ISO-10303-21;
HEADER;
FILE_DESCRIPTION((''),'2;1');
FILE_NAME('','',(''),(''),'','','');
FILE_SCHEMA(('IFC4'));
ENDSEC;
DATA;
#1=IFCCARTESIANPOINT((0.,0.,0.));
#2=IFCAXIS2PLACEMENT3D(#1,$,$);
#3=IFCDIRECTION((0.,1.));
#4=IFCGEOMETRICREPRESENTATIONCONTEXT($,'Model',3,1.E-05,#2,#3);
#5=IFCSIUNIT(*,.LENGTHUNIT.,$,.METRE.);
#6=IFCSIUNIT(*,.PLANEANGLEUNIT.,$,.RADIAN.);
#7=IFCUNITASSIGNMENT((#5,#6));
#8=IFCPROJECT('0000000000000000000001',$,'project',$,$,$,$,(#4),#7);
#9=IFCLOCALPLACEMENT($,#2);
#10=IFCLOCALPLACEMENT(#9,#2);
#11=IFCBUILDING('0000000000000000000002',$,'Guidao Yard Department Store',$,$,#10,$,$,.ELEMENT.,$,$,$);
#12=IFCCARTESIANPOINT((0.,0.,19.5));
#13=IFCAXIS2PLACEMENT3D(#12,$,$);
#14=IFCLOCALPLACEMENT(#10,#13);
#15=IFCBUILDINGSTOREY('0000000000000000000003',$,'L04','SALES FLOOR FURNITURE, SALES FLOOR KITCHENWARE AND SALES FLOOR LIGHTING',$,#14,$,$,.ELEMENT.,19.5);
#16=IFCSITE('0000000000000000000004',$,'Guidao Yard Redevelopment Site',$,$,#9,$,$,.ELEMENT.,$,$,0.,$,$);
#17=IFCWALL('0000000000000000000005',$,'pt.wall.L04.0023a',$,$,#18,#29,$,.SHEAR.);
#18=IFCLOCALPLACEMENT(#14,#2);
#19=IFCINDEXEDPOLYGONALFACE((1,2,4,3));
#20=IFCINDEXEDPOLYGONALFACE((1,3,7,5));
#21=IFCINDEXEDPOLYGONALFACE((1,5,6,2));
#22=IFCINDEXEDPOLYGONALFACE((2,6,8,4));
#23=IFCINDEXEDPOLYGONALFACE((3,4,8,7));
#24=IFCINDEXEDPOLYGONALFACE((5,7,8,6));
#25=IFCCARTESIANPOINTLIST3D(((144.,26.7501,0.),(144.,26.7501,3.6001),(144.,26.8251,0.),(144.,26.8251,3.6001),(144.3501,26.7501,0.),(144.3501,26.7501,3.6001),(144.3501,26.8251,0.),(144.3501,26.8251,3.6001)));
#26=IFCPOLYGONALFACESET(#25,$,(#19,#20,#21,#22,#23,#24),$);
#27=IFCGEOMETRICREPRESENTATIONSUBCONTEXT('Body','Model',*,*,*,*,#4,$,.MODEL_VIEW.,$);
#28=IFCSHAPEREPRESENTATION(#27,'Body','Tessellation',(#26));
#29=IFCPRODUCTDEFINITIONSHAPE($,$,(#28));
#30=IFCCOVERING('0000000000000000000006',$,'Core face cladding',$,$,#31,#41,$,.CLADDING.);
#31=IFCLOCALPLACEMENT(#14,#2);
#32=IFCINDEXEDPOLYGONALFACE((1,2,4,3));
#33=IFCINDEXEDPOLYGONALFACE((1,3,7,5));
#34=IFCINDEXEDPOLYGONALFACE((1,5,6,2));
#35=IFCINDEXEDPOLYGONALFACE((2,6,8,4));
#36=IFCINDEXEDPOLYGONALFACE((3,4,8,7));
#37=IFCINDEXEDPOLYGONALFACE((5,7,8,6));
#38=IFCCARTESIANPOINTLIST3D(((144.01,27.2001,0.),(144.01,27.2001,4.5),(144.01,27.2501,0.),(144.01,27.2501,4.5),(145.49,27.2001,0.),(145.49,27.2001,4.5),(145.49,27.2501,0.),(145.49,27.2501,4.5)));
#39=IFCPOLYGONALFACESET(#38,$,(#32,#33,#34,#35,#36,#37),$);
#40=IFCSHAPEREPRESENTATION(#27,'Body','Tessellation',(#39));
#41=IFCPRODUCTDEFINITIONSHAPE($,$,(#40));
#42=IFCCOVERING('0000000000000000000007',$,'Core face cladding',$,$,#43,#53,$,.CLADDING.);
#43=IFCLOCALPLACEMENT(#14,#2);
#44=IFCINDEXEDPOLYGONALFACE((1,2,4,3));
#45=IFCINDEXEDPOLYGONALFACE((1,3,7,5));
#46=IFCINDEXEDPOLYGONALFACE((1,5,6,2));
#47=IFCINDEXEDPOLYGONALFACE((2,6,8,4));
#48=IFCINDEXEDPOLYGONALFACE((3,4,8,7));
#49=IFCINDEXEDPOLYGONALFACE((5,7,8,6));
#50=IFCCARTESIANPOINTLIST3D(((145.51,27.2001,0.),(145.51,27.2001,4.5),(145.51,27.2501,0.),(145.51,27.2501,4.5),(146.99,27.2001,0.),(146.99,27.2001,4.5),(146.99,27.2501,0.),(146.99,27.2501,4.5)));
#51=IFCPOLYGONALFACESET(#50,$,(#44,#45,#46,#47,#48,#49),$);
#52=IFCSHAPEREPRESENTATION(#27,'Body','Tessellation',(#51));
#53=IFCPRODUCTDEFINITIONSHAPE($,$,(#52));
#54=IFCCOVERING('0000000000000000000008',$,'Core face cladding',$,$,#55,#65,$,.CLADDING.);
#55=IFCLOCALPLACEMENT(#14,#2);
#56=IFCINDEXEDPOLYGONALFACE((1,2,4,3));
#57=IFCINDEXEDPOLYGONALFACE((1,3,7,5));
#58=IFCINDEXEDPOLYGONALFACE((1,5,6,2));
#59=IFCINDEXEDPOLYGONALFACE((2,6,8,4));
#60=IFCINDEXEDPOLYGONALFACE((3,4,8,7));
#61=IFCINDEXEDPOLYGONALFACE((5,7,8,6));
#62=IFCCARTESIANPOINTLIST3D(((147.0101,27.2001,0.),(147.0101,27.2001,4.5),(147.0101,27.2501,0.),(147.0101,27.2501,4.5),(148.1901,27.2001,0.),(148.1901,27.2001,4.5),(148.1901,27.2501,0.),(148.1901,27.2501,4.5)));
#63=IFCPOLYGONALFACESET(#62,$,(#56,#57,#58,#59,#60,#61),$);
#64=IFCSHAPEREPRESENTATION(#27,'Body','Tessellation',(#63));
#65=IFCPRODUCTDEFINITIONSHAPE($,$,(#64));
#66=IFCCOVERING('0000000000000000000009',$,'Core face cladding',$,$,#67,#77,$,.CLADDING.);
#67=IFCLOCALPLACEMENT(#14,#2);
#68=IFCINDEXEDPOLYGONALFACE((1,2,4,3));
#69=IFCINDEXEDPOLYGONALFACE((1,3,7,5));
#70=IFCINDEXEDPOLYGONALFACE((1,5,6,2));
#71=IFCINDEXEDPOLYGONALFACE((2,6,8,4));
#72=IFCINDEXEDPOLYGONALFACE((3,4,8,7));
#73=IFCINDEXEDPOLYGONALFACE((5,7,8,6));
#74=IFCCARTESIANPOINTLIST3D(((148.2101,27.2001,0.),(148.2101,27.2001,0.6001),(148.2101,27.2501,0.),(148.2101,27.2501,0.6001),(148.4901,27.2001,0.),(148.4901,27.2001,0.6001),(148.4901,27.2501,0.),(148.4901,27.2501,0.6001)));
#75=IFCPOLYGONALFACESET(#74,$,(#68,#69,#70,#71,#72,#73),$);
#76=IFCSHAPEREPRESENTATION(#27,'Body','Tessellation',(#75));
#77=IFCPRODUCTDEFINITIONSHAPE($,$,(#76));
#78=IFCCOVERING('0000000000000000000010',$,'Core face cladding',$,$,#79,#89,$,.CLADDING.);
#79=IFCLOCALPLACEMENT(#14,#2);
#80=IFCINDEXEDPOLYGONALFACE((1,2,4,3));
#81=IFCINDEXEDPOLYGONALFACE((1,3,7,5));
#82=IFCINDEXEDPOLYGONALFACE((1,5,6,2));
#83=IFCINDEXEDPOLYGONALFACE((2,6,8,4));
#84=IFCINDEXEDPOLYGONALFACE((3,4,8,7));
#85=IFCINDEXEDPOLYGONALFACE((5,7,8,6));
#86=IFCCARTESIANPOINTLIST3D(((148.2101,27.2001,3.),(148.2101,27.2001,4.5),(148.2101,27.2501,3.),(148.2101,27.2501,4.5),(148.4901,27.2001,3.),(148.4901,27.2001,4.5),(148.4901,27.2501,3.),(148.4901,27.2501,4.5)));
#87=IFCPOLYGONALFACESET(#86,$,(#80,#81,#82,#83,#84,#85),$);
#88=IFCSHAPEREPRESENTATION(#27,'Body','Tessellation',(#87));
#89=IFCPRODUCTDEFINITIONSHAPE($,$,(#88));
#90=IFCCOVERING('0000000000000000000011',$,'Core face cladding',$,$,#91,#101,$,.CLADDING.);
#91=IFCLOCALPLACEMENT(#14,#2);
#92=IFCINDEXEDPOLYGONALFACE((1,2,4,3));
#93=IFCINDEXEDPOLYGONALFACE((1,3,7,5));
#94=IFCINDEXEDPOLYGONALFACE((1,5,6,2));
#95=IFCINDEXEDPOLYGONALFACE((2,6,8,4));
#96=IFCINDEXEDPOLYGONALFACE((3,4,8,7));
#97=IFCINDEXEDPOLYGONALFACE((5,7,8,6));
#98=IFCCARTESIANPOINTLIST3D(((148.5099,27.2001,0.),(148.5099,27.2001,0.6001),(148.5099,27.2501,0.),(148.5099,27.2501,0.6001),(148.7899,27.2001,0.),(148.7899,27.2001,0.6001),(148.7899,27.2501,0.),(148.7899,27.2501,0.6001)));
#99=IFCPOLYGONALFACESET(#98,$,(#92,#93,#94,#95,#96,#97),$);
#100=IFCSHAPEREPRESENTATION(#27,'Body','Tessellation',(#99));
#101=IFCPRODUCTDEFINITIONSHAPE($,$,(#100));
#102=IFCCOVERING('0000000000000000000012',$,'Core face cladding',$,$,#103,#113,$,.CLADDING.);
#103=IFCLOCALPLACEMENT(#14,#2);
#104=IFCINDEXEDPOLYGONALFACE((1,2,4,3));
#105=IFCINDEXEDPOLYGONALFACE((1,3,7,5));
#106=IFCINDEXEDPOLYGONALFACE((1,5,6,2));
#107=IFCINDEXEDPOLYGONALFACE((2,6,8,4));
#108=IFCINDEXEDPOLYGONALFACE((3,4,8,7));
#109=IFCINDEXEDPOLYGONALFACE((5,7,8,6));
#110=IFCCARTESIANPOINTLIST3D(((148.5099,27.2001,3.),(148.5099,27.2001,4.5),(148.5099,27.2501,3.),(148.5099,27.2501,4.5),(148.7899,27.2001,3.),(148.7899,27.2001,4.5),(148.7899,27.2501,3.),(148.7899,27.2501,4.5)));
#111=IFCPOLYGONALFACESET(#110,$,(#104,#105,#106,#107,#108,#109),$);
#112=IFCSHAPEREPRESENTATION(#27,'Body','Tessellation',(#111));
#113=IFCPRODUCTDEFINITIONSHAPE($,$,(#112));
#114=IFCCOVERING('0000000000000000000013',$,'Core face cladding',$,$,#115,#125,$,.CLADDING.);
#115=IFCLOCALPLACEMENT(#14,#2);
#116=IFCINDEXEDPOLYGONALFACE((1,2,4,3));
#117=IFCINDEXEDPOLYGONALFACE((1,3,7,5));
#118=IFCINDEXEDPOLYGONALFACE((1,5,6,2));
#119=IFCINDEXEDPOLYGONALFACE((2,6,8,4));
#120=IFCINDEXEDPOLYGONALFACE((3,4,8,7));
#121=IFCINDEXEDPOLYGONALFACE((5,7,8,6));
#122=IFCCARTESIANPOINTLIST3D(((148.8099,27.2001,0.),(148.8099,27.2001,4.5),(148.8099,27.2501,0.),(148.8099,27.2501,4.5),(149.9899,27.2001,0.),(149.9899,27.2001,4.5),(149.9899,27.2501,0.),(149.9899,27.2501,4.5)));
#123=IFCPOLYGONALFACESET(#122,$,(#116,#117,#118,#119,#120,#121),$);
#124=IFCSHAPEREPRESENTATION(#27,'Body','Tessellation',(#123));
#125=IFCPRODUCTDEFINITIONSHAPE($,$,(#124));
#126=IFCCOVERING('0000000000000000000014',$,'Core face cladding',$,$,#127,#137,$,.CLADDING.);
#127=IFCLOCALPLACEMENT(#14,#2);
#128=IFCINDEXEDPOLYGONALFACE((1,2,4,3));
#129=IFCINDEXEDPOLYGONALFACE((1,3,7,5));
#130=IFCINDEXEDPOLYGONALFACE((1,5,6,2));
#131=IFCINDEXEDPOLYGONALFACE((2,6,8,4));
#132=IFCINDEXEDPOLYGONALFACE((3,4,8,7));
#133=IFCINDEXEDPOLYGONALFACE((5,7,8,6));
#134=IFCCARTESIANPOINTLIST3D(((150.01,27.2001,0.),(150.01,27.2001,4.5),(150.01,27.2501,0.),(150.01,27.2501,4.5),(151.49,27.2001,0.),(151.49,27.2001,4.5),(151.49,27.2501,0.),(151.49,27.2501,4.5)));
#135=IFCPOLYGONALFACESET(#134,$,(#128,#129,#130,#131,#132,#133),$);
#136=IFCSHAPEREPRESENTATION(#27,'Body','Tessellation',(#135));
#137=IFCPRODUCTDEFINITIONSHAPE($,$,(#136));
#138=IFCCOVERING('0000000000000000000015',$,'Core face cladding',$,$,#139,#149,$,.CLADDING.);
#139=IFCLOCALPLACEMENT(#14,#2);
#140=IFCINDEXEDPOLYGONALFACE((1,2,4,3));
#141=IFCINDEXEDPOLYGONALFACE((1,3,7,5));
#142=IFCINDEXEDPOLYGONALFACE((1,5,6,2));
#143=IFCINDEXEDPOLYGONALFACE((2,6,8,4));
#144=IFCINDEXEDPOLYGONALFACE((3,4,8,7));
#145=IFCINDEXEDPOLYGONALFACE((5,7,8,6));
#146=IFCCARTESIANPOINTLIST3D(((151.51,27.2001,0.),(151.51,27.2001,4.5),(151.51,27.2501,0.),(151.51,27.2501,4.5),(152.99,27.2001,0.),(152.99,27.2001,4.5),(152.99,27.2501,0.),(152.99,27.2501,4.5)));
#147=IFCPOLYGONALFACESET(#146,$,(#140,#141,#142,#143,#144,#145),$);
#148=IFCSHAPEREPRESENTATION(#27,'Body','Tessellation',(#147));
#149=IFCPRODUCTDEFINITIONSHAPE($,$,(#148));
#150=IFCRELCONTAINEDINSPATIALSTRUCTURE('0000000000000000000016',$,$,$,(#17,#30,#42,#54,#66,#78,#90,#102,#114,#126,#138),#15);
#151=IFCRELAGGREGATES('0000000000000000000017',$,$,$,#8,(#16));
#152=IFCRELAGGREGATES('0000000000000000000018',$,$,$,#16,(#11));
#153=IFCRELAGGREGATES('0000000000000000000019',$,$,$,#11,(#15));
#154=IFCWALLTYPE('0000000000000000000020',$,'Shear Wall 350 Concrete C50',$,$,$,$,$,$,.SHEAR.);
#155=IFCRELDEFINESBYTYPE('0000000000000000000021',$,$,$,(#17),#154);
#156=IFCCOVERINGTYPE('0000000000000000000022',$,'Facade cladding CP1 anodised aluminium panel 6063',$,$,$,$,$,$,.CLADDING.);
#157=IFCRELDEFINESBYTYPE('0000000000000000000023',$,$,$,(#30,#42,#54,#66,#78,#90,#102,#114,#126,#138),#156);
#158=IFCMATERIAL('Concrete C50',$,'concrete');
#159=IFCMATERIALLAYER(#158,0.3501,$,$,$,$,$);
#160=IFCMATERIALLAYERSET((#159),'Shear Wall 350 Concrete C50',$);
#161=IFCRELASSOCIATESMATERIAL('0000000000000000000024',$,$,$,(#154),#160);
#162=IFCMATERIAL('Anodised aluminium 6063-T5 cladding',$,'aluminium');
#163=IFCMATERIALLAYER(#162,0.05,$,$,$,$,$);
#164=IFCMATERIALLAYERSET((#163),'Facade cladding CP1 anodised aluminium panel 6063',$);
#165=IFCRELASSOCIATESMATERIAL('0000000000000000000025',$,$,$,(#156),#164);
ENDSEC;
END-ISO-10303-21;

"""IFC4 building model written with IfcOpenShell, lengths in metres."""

from ifc_helpers import new_model, si_unit, direction, frame, frame_2d, origin, origin_2d, place, context, subcontext, project, spatial, rectangle, extrude, material, layer, layer_set, type_object, element, save


model = new_model("IFC4")

# Units and contexts
model_context = context("Model", 3, precision=1e-05, world=origin(), true_north=direction((0.0, 1.0)))
body_context = subcontext(model_context, "Body", "Model", "MODEL_VIEW")
ifc_project = project(units=[si_unit("LENGTHUNIT", "METRE"), si_unit("PLANEANGLEUNIT", "RADIAN")], contexts=[model_context])

# Site, building, storey
site_placement = place(None, origin())
site = spatial("IfcSite", under=ifc_project, at=site_placement, Name="Guidao Yard Redevelopment Site", CompositionType="ELEMENT", RefElevation=0.0)
building_placement = place(site_placement, origin())
building = spatial("IfcBuilding", under=site, at=building_placement, Name="Guidao Yard Department Store", CompositionType="ELEMENT")
storey_placement = place(building_placement, frame((0.0, 0.0, 19.5)))
storey = spatial("IfcBuildingStorey", under=building, at=storey_placement, Name="L04", Description="SALES FLOOR FURNITURE, SALES FLOOR KITCHENWARE AND SALES FLOOR LIGHTING", CompositionType="ELEMENT", Elevation=19.5)

# Wall
ifc_material_1 = material(Name="Concrete C50", Category="concrete")
ifc_layer_1 = layer(ifc_material_1, 0.3501)
ifc_layer_set_1 = layer_set([ifc_layer_1], Name="Shear Wall 350 Concrete C50")
wall_type_1 = type_object("IfcWallType", Name="Shear Wall 350 Concrete C50", PredefinedType="SHEAR", material=ifc_layer_set_1)
wall_1_placement = place(storey_placement, frame((144.175, 26.75, 0.0), z_axis=(0.0, 0.0, 1.0), x_axis=(0.0, 1.0, 0.0)))
element("IfcWall", 1, at=wall_1_placement, inside=storey, type_object=wall_type_1, Name="pt.wall.L04.0023a", PredefinedType="SHEAR", context=body_context, shape_type="SweptSolid", body=[
    extrude(rectangle(XDim=0.075, YDim=0.3501, at=frame_2d((0.0376, 0.0))), origin(), (0.0, 0.0, 1.0), 3.6001),
])

# Coverings
ifc_material_2 = material(Name="Anodised aluminium 6063-T5 cladding", Category="aluminium")
ifc_layer_2 = layer(ifc_material_2, 0.05)
ifc_layer_set_2 = layer_set([ifc_layer_2], Name="Facade cladding CP1 anodised aluminium panel 6063")
covering_type = type_object("IfcCoveringType", Name="Facade cladding CP1 anodised aluminium panel 6063", PredefinedType="CLADDING", material=ifc_layer_set_2)
for number, where, z_axis, x_axis, name in (
    (2, (144.75, 27.2251, 0.0), (0.0, 0.0, 1.0), (1.0, 0.0, 0.0), "Core face cladding"),
    (3, (146.25, 27.2251, 0.0), (0.0, 0.0, 1.0), (1.0, 0.0, 0.0), "Core face cladding"),
):
    element("IfcCovering", number, at=place(storey_placement, frame(where, z_axis=z_axis, x_axis=x_axis)), inside=storey, type_object=covering_type, Name=name, PredefinedType="CLADDING", context=body_context, shape_type="SweptSolid", body=[
        extrude(rectangle(XDim=1.48, YDim=0.05, at=origin_2d()), origin(), (0.0, 0.0, 1.0), 4.5),
    ])
covering_1_placement = place(storey_placement, frame((147.6001, 27.2251, 0.0), z_axis=(0.0, 0.0, 1.0), x_axis=(1.0, 0.0, 0.0)))
element("IfcCovering", 4, at=covering_1_placement, inside=storey, type_object=covering_type, Name="Core face cladding", PredefinedType="CLADDING", context=body_context, shape_type="SweptSolid", body=[
    extrude(rectangle(XDim=1.1799, YDim=0.05, at=origin_2d()), origin(), (0.0, 0.0, 1.0), 4.5),
])
covering_2_placement = place(storey_placement, frame((148.3501, 27.2251, 0.0), z_axis=(0.0, 0.0, 1.0), x_axis=(1.0, 0.0, 0.0)))
element("IfcCovering", 5, at=covering_2_placement, inside=storey, type_object=covering_type, Name="Core face cladding", PredefinedType="CLADDING", context=body_context, shape_type="SweptSolid", body=[
    extrude(rectangle(XDim=0.28, YDim=0.05, at=origin_2d()), origin(), (0.0, 0.0, 1.0), 0.6001),
])
covering_3_placement = place(storey_placement, frame((148.3501, 27.2251, 3.0), z_axis=(0.0, 0.0, 1.0), x_axis=(1.0, 0.0, 0.0)))
element("IfcCovering", 6, at=covering_3_placement, inside=storey, type_object=covering_type, Name="Core face cladding", PredefinedType="CLADDING", context=body_context, shape_type="SweptSolid", body=[
    extrude(rectangle(XDim=0.28, YDim=0.05, at=origin_2d()), origin(), (0.0, 0.0, 1.0), 1.5),
])
covering_4_placement = place(storey_placement, frame((148.6499, 27.2251, 0.0), z_axis=(0.0, 0.0, 1.0), x_axis=(1.0, 0.0, 0.0)))
element("IfcCovering", 7, at=covering_4_placement, inside=storey, type_object=covering_type, Name="Core face cladding", PredefinedType="CLADDING", context=body_context, shape_type="SweptSolid", body=[
    extrude(rectangle(XDim=0.28, YDim=0.05, at=origin_2d()), origin(), (0.0, 0.0, 1.0), 0.6001),
])
covering_5_placement = place(storey_placement, frame((148.6499, 27.2251, 3.0), z_axis=(0.0, 0.0, 1.0), x_axis=(1.0, 0.0, 0.0)))
element("IfcCovering", 8, at=covering_5_placement, inside=storey, type_object=covering_type, Name="Core face cladding", PredefinedType="CLADDING", context=body_context, shape_type="SweptSolid", body=[
    extrude(rectangle(XDim=0.28, YDim=0.05, at=origin_2d()), origin(), (0.0, 0.0, 1.0), 1.5),
])
covering_6_placement = place(storey_placement, frame((149.3999, 27.2251, 0.0), z_axis=(0.0, 0.0, 1.0), x_axis=(1.0, 0.0, 0.0)))
element("IfcCovering", 9, at=covering_6_placement, inside=storey, type_object=covering_type, Name="Core face cladding", PredefinedType="CLADDING", context=body_context, shape_type="SweptSolid", body=[
    extrude(rectangle(XDim=1.1799, YDim=0.05, at=origin_2d()), origin(), (0.0, 0.0, 1.0), 4.5),
])
for number, where, z_axis, x_axis, name in (
    (10, (150.75, 27.2251, 0.0), (0.0, 0.0, 1.0), (1.0, 0.0, 0.0), "Core face cladding"),
    (11, (152.25, 27.2251, 0.0), (0.0, 0.0, 1.0), (1.0, 0.0, 0.0), "Core face cladding"),
):
    element("IfcCovering", number, at=place(storey_placement, frame(where, z_axis=z_axis, x_axis=x_axis)), inside=storey, type_object=covering_type, Name=name, PredefinedType="CLADDING", context=body_context, shape_type="SweptSolid", body=[
        extrude(rectangle(XDim=1.48, YDim=0.05, at=origin_2d()), origin(), (0.0, 0.0, 1.0), 4.5),
    ])

save(model, "model.ifc")
